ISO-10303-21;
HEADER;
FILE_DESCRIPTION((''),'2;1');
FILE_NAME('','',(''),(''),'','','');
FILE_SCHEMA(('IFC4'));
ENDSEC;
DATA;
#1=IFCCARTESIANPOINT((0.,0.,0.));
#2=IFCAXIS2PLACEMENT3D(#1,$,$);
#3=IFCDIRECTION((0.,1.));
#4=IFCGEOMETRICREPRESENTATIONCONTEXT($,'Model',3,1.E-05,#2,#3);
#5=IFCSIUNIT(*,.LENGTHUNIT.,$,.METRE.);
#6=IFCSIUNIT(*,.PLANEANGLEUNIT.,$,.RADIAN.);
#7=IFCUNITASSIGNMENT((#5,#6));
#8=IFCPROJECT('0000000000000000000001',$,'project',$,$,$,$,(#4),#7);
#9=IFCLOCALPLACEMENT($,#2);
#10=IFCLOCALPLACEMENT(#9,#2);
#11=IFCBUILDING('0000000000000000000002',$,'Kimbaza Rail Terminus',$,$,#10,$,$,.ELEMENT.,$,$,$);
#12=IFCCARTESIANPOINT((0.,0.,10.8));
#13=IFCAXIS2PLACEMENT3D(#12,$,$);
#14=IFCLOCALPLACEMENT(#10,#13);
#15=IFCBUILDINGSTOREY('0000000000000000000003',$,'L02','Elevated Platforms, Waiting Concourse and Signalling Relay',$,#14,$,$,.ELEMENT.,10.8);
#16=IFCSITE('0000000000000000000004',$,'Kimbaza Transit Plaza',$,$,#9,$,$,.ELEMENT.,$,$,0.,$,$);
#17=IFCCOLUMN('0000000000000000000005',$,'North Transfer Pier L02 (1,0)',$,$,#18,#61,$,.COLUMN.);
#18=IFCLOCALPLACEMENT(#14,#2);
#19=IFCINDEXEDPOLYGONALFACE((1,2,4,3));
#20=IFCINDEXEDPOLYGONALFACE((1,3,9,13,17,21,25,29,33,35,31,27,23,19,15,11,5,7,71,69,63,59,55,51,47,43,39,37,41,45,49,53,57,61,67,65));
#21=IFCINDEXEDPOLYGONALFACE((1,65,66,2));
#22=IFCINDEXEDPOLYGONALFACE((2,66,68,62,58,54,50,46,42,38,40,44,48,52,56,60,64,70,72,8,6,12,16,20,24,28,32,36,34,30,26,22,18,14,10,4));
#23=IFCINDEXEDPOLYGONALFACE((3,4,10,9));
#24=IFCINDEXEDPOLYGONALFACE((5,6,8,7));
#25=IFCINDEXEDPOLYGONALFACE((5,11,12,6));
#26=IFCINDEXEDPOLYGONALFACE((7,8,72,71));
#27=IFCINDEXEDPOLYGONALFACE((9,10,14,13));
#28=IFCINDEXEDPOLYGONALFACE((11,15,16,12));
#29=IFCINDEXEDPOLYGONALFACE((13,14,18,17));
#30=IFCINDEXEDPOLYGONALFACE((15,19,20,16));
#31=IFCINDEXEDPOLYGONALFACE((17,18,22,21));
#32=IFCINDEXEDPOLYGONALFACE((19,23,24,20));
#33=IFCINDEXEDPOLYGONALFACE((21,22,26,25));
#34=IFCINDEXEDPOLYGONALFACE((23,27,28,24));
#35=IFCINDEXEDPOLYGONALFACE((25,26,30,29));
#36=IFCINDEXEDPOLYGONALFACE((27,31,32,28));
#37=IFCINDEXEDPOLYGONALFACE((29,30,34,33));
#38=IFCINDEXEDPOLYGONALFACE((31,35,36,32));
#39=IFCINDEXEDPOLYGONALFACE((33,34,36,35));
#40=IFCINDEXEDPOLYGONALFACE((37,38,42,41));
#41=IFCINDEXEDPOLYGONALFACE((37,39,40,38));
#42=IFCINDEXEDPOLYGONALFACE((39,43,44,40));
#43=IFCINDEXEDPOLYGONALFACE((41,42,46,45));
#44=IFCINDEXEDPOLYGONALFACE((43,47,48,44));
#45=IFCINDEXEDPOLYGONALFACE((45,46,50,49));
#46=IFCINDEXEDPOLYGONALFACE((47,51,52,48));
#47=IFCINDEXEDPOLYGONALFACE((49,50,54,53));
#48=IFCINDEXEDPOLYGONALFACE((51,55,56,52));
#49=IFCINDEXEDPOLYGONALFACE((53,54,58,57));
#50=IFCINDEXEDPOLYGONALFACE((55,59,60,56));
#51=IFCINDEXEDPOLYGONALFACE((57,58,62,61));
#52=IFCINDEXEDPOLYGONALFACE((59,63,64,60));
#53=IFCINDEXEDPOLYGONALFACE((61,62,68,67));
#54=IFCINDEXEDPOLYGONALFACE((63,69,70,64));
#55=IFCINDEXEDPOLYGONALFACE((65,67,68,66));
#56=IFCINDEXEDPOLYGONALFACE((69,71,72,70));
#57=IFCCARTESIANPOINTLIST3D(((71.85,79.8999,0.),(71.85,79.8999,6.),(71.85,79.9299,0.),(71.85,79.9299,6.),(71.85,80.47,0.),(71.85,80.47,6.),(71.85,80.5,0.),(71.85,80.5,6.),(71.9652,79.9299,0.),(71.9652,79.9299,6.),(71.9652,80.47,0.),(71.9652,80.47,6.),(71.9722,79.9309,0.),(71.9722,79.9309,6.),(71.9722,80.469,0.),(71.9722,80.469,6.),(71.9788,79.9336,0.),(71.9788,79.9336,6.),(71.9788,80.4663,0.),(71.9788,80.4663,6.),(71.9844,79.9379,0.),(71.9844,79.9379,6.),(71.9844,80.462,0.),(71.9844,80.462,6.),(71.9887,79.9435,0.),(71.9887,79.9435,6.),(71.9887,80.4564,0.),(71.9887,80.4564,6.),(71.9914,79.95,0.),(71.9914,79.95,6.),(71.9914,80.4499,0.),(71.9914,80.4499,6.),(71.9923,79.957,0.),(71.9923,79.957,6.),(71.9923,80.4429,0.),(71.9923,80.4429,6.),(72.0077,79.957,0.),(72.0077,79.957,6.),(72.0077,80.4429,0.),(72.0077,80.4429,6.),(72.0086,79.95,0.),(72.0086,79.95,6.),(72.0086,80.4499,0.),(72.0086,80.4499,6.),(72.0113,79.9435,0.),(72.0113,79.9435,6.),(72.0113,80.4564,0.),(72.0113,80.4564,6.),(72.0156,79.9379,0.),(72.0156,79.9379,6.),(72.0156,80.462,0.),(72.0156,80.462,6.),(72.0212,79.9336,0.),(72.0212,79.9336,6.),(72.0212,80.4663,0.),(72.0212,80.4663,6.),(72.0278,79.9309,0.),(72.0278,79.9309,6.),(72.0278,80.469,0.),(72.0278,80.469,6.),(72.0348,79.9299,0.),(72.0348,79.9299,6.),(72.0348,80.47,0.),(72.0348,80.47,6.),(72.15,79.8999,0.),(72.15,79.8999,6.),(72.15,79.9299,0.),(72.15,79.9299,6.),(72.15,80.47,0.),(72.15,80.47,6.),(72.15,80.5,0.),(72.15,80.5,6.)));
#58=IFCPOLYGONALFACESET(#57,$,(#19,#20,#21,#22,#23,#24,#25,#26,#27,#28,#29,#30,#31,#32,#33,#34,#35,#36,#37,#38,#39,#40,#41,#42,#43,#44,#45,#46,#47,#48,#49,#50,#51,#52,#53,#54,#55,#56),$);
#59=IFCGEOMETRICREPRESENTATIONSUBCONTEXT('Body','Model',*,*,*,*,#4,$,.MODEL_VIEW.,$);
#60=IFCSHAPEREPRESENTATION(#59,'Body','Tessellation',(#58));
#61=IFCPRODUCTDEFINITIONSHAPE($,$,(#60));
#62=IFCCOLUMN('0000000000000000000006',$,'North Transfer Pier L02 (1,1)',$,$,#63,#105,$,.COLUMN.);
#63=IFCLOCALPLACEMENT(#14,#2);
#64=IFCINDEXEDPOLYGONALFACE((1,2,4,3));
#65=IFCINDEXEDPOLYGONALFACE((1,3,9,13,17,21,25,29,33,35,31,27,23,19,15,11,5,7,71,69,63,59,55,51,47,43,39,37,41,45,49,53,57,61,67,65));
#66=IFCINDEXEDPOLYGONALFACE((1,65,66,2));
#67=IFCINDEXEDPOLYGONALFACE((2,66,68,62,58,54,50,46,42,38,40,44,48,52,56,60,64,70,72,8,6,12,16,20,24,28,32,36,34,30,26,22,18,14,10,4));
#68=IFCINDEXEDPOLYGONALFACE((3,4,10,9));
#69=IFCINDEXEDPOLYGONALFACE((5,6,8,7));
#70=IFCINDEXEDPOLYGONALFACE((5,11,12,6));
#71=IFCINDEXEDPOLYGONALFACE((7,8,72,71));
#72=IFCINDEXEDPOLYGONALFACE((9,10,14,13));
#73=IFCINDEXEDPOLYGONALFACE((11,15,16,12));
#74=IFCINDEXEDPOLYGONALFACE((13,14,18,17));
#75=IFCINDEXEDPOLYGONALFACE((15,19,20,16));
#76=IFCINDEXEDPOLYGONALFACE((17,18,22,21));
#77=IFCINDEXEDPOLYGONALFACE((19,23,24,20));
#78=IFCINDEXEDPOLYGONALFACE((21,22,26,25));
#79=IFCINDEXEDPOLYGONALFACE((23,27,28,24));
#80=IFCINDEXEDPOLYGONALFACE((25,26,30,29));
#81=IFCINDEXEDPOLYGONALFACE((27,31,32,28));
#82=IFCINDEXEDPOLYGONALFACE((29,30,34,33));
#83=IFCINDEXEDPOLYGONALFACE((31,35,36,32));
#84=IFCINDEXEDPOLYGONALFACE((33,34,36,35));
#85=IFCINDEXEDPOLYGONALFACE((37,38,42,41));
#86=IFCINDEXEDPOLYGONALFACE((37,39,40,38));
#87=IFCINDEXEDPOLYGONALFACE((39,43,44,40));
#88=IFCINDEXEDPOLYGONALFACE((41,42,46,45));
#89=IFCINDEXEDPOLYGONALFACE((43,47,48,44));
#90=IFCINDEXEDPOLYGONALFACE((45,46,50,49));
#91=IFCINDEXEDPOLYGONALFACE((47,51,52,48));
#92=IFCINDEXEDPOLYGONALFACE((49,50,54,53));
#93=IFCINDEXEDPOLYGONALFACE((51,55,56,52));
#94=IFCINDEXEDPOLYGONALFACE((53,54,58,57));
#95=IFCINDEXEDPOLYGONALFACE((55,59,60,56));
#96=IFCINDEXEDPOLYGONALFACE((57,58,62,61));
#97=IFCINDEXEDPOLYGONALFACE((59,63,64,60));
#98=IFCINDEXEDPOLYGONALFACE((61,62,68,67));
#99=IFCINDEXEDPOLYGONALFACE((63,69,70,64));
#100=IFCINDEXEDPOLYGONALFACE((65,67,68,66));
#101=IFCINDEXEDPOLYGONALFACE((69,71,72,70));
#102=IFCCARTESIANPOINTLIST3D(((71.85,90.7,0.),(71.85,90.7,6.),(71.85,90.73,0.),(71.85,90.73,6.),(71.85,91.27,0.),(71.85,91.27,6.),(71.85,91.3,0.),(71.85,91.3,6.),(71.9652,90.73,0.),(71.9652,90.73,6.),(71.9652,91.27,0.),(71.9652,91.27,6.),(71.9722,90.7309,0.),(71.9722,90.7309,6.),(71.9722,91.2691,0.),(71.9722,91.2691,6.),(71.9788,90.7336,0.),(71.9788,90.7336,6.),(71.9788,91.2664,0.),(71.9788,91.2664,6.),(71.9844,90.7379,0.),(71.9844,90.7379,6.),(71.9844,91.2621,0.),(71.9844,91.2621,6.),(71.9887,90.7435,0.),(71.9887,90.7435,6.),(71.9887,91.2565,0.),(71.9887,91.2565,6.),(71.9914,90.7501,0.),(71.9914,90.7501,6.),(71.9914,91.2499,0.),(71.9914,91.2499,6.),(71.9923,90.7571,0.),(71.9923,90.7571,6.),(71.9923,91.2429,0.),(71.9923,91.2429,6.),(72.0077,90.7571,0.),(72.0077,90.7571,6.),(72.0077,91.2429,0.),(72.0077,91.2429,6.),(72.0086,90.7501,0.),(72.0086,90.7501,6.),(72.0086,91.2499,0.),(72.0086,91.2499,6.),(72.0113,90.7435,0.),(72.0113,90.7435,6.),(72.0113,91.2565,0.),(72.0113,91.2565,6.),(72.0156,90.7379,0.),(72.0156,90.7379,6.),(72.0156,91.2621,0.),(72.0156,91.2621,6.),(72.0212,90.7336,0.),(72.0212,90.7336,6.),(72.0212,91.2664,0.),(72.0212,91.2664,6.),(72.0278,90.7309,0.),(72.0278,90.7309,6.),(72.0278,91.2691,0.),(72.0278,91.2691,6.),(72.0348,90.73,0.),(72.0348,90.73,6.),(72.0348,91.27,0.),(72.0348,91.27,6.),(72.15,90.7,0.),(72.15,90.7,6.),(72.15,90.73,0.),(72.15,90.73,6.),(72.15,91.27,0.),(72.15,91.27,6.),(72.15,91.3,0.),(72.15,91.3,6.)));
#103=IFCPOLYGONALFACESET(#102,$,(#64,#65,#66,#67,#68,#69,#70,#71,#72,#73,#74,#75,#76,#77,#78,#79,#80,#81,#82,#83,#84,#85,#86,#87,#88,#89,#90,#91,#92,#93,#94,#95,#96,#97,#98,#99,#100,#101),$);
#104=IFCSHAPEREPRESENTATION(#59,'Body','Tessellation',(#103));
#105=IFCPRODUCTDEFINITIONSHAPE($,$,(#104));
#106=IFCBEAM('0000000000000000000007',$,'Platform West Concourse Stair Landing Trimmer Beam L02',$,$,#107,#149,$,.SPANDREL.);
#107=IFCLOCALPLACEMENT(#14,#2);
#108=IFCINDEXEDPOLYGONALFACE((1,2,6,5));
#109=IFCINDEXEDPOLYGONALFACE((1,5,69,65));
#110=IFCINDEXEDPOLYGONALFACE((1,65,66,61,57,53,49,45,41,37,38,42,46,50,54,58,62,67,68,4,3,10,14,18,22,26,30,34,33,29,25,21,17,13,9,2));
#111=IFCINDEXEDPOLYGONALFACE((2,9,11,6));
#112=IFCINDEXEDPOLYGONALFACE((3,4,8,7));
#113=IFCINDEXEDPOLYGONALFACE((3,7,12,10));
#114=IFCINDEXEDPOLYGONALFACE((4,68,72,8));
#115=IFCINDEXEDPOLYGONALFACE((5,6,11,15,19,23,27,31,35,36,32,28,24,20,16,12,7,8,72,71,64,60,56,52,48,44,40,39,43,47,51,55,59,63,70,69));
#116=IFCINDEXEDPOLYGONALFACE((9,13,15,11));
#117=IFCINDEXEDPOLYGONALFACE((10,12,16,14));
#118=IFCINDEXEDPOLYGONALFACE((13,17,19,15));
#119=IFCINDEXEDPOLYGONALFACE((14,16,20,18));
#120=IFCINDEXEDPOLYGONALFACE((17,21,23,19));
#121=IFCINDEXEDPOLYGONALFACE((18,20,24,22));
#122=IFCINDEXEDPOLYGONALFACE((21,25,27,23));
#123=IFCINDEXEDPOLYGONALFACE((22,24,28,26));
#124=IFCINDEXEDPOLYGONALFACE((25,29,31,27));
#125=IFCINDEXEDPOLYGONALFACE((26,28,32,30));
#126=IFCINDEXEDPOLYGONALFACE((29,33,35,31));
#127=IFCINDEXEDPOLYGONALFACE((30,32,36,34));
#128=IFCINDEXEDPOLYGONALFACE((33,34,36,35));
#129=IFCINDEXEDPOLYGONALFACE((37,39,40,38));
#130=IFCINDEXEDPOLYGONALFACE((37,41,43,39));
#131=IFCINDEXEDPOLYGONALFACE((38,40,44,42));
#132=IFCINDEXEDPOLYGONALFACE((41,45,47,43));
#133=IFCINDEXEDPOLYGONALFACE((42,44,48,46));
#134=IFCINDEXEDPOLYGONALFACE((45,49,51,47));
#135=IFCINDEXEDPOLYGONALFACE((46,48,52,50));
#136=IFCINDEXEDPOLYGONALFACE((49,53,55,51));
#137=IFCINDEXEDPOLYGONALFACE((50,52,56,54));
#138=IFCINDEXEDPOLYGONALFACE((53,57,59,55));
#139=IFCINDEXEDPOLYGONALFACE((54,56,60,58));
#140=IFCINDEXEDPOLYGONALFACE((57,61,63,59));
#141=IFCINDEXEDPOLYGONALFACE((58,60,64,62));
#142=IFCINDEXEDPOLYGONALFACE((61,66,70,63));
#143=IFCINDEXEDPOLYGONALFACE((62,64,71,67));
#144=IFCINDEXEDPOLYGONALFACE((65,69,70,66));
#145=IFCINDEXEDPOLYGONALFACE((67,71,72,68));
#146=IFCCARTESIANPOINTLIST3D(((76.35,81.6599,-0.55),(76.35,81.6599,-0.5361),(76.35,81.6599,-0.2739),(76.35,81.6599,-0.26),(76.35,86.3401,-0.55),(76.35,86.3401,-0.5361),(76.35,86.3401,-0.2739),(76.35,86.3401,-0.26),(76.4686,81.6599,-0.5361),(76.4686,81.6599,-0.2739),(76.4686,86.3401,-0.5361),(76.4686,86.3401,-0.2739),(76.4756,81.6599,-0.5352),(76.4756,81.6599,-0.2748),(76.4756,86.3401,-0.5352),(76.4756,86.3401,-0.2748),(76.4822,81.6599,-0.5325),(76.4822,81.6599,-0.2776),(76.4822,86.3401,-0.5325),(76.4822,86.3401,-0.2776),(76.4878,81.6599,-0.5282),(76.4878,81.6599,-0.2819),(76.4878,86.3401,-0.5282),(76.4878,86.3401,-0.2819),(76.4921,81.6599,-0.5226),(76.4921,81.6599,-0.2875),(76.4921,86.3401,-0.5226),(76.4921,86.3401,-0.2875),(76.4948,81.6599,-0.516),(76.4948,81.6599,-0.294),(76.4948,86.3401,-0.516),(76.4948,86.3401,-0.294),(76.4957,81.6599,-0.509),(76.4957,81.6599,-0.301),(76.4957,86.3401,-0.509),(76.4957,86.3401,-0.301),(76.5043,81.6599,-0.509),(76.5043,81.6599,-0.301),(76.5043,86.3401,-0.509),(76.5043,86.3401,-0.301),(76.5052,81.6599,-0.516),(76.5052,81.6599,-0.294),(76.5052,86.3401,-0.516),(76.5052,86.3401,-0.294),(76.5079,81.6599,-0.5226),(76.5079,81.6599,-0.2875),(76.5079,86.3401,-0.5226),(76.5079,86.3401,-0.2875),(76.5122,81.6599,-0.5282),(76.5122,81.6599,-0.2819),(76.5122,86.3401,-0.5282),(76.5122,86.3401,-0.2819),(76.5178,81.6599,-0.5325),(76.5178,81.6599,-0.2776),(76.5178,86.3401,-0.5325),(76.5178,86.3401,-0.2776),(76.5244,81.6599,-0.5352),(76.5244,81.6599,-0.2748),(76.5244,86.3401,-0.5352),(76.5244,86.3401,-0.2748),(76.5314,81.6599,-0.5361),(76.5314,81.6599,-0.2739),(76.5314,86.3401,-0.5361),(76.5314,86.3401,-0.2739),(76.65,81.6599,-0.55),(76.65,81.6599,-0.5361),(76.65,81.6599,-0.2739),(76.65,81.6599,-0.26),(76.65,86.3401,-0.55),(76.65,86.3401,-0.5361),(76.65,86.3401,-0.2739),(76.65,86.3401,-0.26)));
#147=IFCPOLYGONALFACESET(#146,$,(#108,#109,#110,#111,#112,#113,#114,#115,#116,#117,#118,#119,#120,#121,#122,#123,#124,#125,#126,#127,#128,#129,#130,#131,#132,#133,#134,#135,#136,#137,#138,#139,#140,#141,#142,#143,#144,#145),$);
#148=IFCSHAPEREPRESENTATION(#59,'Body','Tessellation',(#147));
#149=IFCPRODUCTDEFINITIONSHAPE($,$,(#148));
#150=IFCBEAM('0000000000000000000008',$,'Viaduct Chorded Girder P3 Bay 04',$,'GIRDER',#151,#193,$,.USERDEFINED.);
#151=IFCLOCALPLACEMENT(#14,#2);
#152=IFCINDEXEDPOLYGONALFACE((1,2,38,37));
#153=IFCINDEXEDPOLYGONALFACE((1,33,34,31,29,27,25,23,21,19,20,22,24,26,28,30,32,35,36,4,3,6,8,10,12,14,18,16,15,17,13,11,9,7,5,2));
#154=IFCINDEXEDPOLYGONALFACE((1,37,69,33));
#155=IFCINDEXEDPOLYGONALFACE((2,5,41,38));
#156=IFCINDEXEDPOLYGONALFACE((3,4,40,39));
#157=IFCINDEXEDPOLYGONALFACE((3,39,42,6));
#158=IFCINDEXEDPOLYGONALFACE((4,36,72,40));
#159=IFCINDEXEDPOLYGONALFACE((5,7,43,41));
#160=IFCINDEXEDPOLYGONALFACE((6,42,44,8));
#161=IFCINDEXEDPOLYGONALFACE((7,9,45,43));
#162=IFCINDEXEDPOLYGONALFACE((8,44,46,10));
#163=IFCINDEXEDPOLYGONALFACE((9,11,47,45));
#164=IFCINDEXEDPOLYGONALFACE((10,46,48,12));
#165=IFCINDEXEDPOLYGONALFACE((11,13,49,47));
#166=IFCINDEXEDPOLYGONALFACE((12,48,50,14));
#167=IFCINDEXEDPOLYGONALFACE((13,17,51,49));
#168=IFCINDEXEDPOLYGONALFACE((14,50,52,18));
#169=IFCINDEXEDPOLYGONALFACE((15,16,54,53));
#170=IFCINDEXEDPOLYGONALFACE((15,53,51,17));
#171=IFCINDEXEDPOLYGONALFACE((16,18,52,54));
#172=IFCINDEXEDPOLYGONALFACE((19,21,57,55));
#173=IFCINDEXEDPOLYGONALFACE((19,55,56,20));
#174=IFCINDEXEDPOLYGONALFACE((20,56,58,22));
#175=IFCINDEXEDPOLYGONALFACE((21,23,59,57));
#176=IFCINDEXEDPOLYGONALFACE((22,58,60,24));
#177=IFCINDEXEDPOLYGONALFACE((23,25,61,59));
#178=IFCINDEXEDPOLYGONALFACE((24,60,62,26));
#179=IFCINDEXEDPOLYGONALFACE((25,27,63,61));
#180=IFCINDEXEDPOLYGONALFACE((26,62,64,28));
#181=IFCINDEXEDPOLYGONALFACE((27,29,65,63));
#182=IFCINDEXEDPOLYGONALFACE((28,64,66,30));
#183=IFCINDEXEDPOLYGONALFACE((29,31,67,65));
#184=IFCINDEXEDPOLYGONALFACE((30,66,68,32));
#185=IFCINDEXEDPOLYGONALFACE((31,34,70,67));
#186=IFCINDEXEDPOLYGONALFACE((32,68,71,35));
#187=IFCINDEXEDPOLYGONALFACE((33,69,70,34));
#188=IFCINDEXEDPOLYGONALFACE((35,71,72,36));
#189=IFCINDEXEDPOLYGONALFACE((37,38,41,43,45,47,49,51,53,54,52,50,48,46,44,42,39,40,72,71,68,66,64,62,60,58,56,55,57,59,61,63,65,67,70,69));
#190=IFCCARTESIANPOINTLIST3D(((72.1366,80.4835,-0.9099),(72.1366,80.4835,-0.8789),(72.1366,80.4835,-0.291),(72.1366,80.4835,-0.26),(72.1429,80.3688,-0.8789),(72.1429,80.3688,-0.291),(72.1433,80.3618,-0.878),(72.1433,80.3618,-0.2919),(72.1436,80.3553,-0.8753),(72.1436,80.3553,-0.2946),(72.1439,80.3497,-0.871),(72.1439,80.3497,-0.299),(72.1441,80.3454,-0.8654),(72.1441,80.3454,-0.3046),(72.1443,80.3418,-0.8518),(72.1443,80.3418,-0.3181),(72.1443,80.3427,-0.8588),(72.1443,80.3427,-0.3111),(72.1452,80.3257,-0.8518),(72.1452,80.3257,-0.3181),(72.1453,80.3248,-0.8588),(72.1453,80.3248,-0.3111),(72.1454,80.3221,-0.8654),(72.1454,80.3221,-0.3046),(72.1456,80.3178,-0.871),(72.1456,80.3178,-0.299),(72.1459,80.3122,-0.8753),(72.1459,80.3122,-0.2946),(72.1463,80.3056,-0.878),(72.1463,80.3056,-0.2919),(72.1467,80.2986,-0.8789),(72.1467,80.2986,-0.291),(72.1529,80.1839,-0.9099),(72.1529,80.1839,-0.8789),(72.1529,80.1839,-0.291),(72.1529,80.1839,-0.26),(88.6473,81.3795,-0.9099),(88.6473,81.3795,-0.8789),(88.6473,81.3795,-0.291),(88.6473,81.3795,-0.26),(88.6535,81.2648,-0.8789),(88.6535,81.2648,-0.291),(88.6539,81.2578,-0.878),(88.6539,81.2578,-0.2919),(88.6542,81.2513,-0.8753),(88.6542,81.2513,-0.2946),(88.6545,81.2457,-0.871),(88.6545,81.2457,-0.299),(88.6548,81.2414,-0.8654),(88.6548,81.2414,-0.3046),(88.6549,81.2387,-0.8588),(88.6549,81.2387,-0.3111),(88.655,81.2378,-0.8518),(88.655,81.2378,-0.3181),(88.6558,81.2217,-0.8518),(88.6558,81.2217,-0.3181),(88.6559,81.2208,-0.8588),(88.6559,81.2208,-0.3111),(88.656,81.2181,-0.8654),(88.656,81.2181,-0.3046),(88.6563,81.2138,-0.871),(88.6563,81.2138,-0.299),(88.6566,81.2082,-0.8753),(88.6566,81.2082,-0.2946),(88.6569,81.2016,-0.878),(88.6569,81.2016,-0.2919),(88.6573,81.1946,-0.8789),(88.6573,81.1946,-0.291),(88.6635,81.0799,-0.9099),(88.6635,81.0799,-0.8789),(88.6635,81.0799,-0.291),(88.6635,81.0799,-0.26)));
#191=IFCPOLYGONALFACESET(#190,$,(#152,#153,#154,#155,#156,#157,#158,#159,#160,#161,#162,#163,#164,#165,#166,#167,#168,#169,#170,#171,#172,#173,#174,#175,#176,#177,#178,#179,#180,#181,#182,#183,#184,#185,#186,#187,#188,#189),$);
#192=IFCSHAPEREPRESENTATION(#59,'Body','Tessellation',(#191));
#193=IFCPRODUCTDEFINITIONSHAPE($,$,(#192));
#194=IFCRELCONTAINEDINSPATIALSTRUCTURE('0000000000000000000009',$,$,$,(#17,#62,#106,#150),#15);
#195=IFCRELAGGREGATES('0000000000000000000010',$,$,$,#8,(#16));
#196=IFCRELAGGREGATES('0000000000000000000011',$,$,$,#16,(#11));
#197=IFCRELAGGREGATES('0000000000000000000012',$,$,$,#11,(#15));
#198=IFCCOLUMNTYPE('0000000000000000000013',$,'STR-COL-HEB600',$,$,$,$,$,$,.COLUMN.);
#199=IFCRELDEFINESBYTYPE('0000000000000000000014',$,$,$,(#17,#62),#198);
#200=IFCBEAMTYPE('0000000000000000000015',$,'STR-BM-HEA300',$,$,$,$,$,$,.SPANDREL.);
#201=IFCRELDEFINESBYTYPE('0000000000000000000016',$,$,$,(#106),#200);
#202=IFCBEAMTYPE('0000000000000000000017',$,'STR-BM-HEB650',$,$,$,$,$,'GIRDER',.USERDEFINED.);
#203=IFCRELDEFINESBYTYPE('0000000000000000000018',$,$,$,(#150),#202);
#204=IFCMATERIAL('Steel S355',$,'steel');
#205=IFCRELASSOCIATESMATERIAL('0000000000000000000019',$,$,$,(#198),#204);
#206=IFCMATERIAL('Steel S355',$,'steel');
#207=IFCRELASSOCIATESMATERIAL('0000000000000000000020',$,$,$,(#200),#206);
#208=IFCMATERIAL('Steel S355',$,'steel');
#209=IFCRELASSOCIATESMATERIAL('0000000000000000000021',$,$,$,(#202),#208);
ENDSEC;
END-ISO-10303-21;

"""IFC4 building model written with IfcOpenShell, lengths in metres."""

from ifc_helpers import new_model, si_unit, direction, frame, origin, origin_2d, place, context, subcontext, project, spatial, i_section, extrude, material, material_profile, profile_set, type_object, element, save


model = new_model("IFC4")

# Units and contexts
model_context = context("Model", 3, precision=1e-05, world=origin(), true_north=direction((0.0, 1.0)))
body_context = subcontext(model_context, "Body", "Model", "MODEL_VIEW")
ifc_project = project(units=[si_unit("LENGTHUNIT", "METRE"), si_unit("PLANEANGLEUNIT", "RADIAN")], contexts=[model_context])

# Site, building, storey
site_placement = place(None, origin())
site = spatial("IfcSite", under=ifc_project, at=site_placement, Name="Kimbaza Transit Plaza", CompositionType="ELEMENT", RefElevation=0.0)
building_placement = place(site_placement, origin())
building = spatial("IfcBuilding", under=site, at=building_placement, Name="Kimbaza Rail Terminus", CompositionType="ELEMENT")
storey_placement = place(building_placement, frame((0.0, 0.0, 10.8)))
storey = spatial("IfcBuildingStorey", under=building, at=storey_placement, Name="L02", Description="Elevated Platforms, Waiting Concourse and Signalling Relay", CompositionType="ELEMENT", Elevation=10.8)

# Columns
ifc_material_1 = material(Name="Steel S355", Category="steel")
ifc_material_profile_1 = material_profile(ifc_material_1, i_section(OverallWidth=0.3, OverallDepth=0.6001, WebThickness=0.0154, FlangeThickness=0.03, FilletRadius=0.0271, at=origin_2d()), Name="HEB 600")
ifc_profile_set_1 = profile_set([ifc_material_profile_1], Name="Steel S355")
column_type = type_object("IfcColumnType", Name="STR-COL-HEB600", PredefinedType="COLUMN", material=ifc_profile_set_1)
for number, where, z_axis, x_axis, name in (
    (1, (72.0, 80.2, 0.0), (0.0, 0.0, 1.0), (1.0, 0.0, 0.0), "North Transfer Pier L02 (1,0)"),
    (2, (72.0, 91.0, 0.0), (0.0, 0.0, 1.0), (1.0, 0.0, 0.0), "North Transfer Pier L02 (1,1)"),
):
    element("IfcColumn", number, at=place(storey_placement, frame(where, z_axis=z_axis, x_axis=x_axis)), inside=storey, type_object=column_type, Name=name, PredefinedType="COLUMN", context=body_context, shape_type="SweptSolid", body=[
        extrude(i_section(OverallWidth=0.3, OverallDepth=0.6001, WebThickness=0.0154, FlangeThickness=0.03, FilletRadius=0.0271, at=origin_2d()), origin(), (0.0, 0.0, 1.0), 6.0),
    ])

# Beams
ifc_material_2 = material(Name="Steel S355", Category="steel")
ifc_material_profile_2 = material_profile(ifc_material_2, i_section(OverallWidth=0.3, OverallDepth=0.29, WebThickness=0.0085, FlangeThickness=0.0139, FilletRadius=0.0271, at=origin_2d()), Name="HEA 300")
ifc_profile_set_2 = profile_set([ifc_material_profile_2], Name="Steel S355")
beam_type_1 = type_object("IfcBeamType", Name="STR-BM-HEA300", PredefinedType="SPANDREL", material=ifc_profile_set_2)
beam_1_placement = place(storey_placement, frame((76.5, 81.6599, -0.405), z_axis=(0.0, 1.0, 0.0), x_axis=(-1.0, 0.0, 0.0)))
element("IfcBeam", 3, at=beam_1_placement, inside=storey, type_object=beam_type_1, Name="Platform West Concourse Stair Landing Trimmer Beam L02", PredefinedType="SPANDREL", context=body_context, shape_type="SweptSolid", body=[
    extrude(i_section(OverallWidth=0.3, OverallDepth=0.29, WebThickness=0.0085, FlangeThickness=0.0139, FilletRadius=0.0271, at=origin_2d()), origin(), (0.0, 0.0, 1.0), 4.6802),
])
ifc_material_3 = material(Name="Steel S355", Category="steel")
ifc_material_profile_3 = material_profile(ifc_material_3, i_section(OverallWidth=0.3, OverallDepth=0.6499, WebThickness=0.0161, FlangeThickness=0.031, FilletRadius=0.0271, at=origin_2d()), Name="HEB 650")
ifc_profile_set_3 = profile_set([ifc_material_profile_3], Name="Steel S355")
beam_type_2 = type_object("IfcBeamType", Name="STR-BM-HEB650", ElementType="GIRDER", PredefinedType="USERDEFINED", material=ifc_profile_set_3)
for number, where, z_axis, x_axis, name in (
    (4, (72.1448, 80.3337, -0.585), (0.998531, 0.054189, 0.0), (-0.054189, 0.998531, 0.0), "Viaduct Chorded Girder P3 Bay 04"),
):
    element("IfcBeam", number, at=place(storey_placement, frame(where, z_axis=z_axis, x_axis=x_axis)), inside=storey, type_object=beam_type_2, Name=name, ObjectType="GIRDER", PredefinedType="USERDEFINED", context=body_context, shape_type="SweptSolid", body=[
        extrude(i_section(OverallWidth=0.3, OverallDepth=0.6499, WebThickness=0.0161, FlangeThickness=0.031, FilletRadius=0.0271, at=origin_2d()), origin(), (0.0, 0.0, 1.0), 16.5349),
    ])

save(model, "model.ifc")
